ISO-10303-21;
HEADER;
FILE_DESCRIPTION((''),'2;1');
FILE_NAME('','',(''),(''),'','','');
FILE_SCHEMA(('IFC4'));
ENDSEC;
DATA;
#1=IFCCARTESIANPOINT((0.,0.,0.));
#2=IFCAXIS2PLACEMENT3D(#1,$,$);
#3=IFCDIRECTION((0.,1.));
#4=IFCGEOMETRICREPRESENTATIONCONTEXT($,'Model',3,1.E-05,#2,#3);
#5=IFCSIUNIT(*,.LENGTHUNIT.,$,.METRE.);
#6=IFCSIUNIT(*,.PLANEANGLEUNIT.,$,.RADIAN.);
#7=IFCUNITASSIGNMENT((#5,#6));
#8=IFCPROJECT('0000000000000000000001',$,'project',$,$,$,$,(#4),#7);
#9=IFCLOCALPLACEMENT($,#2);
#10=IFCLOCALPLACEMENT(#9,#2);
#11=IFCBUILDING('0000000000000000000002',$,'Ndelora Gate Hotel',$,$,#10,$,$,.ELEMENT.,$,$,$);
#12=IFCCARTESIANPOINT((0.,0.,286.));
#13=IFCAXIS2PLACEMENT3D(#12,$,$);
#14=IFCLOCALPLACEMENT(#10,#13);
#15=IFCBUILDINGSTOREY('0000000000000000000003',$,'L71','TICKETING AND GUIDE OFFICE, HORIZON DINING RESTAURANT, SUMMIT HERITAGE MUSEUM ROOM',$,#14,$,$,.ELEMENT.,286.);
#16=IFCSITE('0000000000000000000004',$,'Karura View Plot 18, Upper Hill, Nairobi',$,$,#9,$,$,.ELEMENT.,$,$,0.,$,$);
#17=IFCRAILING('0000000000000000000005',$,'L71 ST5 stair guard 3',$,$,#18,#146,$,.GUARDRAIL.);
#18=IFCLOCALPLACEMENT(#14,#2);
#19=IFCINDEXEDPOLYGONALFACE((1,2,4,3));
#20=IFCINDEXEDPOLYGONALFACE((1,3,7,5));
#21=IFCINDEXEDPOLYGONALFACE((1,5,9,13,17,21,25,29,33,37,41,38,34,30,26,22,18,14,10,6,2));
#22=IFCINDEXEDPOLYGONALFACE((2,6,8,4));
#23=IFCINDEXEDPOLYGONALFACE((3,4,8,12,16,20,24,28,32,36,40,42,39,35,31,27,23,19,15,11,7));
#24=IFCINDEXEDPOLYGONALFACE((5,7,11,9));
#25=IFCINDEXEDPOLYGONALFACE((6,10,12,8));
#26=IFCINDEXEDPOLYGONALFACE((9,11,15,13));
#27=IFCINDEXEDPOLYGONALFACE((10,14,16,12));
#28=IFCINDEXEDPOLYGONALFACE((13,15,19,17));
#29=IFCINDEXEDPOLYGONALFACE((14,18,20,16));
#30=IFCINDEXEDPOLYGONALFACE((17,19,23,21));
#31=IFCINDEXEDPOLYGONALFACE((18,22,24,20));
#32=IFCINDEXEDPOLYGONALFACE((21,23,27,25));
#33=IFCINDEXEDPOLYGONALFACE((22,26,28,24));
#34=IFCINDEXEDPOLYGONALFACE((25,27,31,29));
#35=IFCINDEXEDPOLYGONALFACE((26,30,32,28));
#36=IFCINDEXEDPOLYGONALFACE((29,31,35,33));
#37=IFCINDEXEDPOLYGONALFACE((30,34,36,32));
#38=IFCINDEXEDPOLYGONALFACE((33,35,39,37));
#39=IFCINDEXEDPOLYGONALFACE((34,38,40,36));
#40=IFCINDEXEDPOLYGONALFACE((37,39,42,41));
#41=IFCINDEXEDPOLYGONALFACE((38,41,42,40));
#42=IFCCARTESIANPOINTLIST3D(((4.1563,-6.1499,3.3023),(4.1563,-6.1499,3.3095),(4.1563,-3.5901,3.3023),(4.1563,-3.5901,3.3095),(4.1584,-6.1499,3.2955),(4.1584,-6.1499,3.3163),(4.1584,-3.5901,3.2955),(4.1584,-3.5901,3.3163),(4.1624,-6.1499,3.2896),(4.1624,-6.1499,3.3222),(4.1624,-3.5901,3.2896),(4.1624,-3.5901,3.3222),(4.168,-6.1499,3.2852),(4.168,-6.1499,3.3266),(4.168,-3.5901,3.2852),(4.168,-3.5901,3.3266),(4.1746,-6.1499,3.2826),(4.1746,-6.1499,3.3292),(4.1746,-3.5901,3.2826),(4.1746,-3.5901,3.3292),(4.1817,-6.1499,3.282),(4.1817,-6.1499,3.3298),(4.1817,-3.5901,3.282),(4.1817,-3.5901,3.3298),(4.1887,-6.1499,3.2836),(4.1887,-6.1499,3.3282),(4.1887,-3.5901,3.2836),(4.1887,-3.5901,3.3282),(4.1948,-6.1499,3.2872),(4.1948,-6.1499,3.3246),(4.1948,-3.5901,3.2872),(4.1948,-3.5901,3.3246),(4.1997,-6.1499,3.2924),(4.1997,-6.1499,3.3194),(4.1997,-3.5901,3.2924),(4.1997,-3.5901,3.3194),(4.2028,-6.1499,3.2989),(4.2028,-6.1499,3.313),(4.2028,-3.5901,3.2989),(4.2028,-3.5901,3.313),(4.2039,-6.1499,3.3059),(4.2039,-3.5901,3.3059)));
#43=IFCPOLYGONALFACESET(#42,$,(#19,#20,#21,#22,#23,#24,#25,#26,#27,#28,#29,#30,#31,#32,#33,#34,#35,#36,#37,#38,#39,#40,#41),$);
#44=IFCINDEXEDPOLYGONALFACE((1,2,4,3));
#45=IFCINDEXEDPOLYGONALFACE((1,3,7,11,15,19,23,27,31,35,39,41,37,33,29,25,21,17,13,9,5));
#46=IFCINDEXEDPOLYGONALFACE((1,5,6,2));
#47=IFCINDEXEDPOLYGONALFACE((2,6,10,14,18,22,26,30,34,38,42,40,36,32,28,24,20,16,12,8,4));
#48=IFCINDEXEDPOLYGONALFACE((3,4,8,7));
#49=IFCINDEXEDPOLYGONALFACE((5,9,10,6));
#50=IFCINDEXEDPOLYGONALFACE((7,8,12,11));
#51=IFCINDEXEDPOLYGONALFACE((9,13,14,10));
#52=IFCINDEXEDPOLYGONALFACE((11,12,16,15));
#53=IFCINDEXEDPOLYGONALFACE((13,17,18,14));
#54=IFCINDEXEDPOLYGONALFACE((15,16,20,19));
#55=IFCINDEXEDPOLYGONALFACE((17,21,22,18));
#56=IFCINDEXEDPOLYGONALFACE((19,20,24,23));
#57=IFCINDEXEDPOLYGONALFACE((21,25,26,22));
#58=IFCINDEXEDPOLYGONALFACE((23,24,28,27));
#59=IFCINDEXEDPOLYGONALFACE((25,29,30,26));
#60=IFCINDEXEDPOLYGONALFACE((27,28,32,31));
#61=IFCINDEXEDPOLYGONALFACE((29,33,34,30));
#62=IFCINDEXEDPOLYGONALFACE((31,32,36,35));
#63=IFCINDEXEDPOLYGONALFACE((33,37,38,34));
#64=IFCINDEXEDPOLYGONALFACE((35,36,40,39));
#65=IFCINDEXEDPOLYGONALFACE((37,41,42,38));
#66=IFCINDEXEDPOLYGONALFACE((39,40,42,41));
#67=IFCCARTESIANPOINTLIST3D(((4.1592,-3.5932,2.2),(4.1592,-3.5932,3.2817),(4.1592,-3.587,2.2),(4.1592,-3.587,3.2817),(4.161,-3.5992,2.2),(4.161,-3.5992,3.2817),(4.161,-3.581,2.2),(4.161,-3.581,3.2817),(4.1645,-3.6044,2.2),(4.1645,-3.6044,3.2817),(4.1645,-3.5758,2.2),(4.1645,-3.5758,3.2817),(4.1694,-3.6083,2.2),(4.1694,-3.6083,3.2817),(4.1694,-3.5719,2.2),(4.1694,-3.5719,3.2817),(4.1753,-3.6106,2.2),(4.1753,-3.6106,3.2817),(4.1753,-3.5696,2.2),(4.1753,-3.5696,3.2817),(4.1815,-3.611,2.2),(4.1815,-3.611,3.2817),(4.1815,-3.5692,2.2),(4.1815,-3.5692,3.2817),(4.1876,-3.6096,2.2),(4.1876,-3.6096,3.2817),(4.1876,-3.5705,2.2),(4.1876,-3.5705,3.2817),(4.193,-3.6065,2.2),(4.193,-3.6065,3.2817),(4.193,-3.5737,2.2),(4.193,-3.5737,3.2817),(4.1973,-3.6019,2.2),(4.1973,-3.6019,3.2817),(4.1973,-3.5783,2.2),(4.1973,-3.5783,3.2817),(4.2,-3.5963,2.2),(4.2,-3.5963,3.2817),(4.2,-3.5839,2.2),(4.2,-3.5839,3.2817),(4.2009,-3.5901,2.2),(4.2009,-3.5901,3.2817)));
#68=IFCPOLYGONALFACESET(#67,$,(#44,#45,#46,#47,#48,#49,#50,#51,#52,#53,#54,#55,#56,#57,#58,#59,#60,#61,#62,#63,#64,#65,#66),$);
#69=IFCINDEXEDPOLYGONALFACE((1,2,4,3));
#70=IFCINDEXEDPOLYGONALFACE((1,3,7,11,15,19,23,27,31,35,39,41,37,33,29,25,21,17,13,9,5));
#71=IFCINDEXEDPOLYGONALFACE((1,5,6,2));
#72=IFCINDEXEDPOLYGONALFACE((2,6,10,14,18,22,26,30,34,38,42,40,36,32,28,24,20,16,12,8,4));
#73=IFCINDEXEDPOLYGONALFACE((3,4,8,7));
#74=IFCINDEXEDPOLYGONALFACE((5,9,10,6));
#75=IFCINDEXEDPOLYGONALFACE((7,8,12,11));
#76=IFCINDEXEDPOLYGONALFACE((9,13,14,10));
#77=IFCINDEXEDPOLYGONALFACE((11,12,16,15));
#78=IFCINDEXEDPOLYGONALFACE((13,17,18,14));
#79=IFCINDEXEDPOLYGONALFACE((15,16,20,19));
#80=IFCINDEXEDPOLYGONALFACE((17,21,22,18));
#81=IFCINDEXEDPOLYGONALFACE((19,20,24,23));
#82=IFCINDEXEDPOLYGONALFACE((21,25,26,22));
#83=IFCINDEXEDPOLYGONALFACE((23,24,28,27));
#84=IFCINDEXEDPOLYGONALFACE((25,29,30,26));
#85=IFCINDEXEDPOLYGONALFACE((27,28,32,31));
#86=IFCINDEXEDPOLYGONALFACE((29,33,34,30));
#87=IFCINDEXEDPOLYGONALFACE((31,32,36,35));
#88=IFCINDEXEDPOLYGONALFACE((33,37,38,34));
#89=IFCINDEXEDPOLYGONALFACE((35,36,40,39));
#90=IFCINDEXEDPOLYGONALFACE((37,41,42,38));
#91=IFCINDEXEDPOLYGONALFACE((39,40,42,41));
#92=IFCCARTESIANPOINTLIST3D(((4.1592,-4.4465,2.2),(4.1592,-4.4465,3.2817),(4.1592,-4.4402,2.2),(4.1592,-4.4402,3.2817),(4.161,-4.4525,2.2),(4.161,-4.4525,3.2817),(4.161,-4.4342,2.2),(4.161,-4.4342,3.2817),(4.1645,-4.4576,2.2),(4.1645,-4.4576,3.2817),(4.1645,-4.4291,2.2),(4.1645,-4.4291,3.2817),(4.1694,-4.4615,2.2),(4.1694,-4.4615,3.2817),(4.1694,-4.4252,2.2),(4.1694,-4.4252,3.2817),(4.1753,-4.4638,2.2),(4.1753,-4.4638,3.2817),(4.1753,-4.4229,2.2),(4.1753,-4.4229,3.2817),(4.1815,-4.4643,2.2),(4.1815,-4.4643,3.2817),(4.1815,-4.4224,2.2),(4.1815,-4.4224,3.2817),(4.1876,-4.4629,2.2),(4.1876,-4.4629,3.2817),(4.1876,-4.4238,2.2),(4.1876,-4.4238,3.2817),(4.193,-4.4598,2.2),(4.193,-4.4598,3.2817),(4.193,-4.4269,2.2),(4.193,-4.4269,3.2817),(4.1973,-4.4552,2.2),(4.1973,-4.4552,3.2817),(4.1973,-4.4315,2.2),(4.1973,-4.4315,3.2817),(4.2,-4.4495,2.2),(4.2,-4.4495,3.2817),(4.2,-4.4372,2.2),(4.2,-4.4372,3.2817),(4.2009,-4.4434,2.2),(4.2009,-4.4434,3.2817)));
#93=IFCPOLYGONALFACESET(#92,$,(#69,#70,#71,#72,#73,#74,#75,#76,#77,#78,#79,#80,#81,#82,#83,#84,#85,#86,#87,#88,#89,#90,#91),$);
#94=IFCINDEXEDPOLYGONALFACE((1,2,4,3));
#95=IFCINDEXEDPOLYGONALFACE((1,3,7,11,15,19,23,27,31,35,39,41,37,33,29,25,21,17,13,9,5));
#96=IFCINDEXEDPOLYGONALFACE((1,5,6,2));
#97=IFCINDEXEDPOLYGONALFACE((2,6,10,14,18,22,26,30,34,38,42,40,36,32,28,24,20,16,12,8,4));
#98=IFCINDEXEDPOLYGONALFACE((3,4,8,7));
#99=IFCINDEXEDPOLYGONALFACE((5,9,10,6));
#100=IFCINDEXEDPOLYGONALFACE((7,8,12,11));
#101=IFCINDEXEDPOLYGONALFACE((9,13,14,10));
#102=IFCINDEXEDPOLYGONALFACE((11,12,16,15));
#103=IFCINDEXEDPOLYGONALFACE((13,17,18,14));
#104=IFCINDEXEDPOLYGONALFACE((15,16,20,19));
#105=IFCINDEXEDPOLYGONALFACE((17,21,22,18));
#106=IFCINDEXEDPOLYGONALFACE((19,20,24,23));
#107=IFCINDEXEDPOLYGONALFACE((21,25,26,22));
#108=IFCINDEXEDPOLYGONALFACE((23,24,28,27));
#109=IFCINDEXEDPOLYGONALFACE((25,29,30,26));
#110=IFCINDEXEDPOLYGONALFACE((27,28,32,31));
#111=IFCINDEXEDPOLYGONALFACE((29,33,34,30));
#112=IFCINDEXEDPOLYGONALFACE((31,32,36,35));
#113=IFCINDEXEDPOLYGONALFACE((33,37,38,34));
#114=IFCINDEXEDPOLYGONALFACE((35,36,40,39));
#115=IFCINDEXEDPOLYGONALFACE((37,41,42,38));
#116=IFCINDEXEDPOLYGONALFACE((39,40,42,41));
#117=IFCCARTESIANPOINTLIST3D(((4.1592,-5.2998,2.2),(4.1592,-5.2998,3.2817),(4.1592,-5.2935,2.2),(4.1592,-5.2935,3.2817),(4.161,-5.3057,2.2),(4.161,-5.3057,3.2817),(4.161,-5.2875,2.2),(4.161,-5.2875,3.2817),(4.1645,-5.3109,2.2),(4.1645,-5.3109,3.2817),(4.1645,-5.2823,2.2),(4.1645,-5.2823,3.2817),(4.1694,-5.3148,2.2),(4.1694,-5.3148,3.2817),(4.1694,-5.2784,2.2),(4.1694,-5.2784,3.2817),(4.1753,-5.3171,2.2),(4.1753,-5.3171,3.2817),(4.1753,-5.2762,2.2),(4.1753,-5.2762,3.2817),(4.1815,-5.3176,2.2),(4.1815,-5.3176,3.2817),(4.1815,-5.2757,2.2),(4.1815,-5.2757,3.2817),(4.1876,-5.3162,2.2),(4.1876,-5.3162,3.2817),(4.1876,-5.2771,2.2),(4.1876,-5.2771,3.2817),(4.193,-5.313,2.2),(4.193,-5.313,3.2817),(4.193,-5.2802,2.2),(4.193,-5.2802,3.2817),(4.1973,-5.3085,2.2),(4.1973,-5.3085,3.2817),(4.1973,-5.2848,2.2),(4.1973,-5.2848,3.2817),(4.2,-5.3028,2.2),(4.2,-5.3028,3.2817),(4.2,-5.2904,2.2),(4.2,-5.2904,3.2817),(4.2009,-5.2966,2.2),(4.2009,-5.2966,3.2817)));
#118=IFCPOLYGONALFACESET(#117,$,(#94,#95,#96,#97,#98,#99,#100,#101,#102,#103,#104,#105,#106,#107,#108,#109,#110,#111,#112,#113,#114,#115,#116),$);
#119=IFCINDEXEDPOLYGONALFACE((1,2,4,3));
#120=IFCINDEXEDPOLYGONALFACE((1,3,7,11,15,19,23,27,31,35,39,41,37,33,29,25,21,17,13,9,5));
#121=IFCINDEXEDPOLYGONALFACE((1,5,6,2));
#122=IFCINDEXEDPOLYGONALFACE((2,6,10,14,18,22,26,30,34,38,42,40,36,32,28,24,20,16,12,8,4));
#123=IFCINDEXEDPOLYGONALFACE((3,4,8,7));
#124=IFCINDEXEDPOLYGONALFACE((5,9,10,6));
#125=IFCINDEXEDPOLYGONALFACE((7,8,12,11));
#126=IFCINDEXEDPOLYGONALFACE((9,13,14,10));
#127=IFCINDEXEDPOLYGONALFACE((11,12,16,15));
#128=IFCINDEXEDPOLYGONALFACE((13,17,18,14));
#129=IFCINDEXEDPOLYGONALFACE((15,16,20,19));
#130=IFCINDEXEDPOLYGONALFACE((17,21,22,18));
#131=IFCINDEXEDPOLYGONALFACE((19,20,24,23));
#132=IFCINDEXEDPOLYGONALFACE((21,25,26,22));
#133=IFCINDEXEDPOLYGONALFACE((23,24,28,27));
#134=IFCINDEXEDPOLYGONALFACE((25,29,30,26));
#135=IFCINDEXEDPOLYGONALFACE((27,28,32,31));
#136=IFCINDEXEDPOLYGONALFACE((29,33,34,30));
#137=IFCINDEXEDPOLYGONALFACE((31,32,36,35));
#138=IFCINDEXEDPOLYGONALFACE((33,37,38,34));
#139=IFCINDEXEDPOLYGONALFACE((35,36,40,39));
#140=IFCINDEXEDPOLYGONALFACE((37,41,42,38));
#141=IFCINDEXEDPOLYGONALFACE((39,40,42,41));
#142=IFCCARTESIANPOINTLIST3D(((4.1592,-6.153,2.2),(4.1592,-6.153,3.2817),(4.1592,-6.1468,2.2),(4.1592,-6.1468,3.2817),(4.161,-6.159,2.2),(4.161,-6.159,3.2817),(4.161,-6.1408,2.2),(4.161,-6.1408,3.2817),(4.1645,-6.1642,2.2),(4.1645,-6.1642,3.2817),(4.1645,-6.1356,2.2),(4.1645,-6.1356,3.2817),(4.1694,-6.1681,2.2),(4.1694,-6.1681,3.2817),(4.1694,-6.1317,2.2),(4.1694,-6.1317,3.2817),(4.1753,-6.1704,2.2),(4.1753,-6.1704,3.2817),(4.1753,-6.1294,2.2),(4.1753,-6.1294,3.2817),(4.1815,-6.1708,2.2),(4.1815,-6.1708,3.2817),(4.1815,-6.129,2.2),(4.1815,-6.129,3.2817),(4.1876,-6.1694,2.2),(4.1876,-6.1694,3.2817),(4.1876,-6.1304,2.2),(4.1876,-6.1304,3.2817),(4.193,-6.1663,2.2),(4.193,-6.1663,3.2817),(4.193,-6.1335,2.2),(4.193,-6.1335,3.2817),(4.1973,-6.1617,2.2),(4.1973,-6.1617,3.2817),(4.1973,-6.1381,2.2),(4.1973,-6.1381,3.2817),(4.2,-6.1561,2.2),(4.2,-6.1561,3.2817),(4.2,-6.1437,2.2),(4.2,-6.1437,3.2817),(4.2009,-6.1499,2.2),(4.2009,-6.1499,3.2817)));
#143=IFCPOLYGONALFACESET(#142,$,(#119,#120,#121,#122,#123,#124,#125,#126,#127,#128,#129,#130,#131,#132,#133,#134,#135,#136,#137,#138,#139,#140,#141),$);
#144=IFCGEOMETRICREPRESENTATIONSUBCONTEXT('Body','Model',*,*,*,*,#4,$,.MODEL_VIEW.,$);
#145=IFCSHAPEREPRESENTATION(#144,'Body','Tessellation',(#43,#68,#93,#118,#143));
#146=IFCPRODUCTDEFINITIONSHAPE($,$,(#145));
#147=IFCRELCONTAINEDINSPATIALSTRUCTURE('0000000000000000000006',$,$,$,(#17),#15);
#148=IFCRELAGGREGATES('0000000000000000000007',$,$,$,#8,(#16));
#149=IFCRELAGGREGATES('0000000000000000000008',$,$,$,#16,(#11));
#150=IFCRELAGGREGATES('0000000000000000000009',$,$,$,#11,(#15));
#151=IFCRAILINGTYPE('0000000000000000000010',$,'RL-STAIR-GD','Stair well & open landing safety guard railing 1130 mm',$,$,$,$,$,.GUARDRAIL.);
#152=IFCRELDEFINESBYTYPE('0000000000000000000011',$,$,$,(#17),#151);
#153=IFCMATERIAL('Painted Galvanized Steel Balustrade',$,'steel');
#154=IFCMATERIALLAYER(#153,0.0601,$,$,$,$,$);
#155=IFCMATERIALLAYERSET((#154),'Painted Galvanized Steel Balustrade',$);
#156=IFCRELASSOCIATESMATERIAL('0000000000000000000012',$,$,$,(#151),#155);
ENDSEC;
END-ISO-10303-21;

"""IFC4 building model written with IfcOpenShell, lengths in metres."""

from ifc_helpers import new_model, si_unit, direction, frame, origin, origin_2d, place, context, subcontext, project, spatial, circle, extrude, material, layer, layer_set, type_object, element, save


model = new_model("IFC4")

# Units and contexts
model_context = context("Model", 3, precision=1e-05, world=origin(), true_north=direction((0.0, 1.0)))
body_context = subcontext(model_context, "Body", "Model", "MODEL_VIEW")
ifc_project = project(units=[si_unit("LENGTHUNIT", "METRE"), si_unit("PLANEANGLEUNIT", "RADIAN")], contexts=[model_context])

# Site, building, storey
site_placement = place(None, origin())
site = spatial("IfcSite", under=ifc_project, at=site_placement, Name="Karura View Plot 18, Upper Hill, Nairobi", CompositionType="ELEMENT", RefElevation=0.0)
building_placement = place(site_placement, origin())
building = spatial("IfcBuilding", under=site, at=building_placement, Name="Ndelora Gate Hotel", CompositionType="ELEMENT")
storey_placement = place(building_placement, frame((0.0, 0.0, 286.0)))
storey = spatial("IfcBuildingStorey", under=building, at=storey_placement, Name="L71", Description="TICKETING AND GUIDE OFFICE, HORIZON DINING RESTAURANT, SUMMIT HERITAGE MUSEUM ROOM", CompositionType="ELEMENT", Elevation=286.0)

# Railing
ifc_material_1 = material(Name="Painted Galvanized Steel Balustrade", Category="steel")
ifc_layer_1 = layer(ifc_material_1, 0.0601)
ifc_layer_set_1 = layer_set([ifc_layer_1], Name="Painted Galvanized Steel Balustrade")
railing_type_1 = type_object("IfcRailingType", Name="RL-STAIR-GD", Description="Stair well & open landing safety guard railing 1130 mm", PredefinedType="GUARDRAIL", material=ifc_layer_set_1)
for number, where, name in (
    (1, (4.1799, -3.5901, 2.2), "L71 ST5 stair guard 3"),
):
    element("IfcRailing", number, at=place(storey_placement, frame(where)), inside=storey, type_object=railing_type_1, Name=name, PredefinedType="GUARDRAIL", context=body_context, shape_type="SweptSolid", body=[
        extrude(circle(Radius=0.0239, at=origin_2d()), frame((0.0, 0.0, 1.106), z_axis=(0.0, -1.0, 0.0), x_axis=(1.0, 0.0, 0.0)), (0.0, 0.0, 1.0), 2.5598),
        extrude(circle(Radius=0.021, at=origin_2d()), origin(), (0.0, 0.0, 1.0), 1.0818),
        extrude(circle(Radius=0.021, at=origin_2d()), frame((0.0, -0.8533, 0.0)), (0.0, 0.0, 1.0), 1.0818),
        extrude(circle(Radius=0.021, at=origin_2d()), frame((0.0, -1.7065, 0.0)), (0.0, 0.0, 1.0), 1.0818),
        extrude(circle(Radius=0.021, at=origin_2d()), frame((0.0, -2.5598, 0.0)), (0.0, 0.0, 1.0), 1.0818),
    ])

save(model, "model.ifc")
